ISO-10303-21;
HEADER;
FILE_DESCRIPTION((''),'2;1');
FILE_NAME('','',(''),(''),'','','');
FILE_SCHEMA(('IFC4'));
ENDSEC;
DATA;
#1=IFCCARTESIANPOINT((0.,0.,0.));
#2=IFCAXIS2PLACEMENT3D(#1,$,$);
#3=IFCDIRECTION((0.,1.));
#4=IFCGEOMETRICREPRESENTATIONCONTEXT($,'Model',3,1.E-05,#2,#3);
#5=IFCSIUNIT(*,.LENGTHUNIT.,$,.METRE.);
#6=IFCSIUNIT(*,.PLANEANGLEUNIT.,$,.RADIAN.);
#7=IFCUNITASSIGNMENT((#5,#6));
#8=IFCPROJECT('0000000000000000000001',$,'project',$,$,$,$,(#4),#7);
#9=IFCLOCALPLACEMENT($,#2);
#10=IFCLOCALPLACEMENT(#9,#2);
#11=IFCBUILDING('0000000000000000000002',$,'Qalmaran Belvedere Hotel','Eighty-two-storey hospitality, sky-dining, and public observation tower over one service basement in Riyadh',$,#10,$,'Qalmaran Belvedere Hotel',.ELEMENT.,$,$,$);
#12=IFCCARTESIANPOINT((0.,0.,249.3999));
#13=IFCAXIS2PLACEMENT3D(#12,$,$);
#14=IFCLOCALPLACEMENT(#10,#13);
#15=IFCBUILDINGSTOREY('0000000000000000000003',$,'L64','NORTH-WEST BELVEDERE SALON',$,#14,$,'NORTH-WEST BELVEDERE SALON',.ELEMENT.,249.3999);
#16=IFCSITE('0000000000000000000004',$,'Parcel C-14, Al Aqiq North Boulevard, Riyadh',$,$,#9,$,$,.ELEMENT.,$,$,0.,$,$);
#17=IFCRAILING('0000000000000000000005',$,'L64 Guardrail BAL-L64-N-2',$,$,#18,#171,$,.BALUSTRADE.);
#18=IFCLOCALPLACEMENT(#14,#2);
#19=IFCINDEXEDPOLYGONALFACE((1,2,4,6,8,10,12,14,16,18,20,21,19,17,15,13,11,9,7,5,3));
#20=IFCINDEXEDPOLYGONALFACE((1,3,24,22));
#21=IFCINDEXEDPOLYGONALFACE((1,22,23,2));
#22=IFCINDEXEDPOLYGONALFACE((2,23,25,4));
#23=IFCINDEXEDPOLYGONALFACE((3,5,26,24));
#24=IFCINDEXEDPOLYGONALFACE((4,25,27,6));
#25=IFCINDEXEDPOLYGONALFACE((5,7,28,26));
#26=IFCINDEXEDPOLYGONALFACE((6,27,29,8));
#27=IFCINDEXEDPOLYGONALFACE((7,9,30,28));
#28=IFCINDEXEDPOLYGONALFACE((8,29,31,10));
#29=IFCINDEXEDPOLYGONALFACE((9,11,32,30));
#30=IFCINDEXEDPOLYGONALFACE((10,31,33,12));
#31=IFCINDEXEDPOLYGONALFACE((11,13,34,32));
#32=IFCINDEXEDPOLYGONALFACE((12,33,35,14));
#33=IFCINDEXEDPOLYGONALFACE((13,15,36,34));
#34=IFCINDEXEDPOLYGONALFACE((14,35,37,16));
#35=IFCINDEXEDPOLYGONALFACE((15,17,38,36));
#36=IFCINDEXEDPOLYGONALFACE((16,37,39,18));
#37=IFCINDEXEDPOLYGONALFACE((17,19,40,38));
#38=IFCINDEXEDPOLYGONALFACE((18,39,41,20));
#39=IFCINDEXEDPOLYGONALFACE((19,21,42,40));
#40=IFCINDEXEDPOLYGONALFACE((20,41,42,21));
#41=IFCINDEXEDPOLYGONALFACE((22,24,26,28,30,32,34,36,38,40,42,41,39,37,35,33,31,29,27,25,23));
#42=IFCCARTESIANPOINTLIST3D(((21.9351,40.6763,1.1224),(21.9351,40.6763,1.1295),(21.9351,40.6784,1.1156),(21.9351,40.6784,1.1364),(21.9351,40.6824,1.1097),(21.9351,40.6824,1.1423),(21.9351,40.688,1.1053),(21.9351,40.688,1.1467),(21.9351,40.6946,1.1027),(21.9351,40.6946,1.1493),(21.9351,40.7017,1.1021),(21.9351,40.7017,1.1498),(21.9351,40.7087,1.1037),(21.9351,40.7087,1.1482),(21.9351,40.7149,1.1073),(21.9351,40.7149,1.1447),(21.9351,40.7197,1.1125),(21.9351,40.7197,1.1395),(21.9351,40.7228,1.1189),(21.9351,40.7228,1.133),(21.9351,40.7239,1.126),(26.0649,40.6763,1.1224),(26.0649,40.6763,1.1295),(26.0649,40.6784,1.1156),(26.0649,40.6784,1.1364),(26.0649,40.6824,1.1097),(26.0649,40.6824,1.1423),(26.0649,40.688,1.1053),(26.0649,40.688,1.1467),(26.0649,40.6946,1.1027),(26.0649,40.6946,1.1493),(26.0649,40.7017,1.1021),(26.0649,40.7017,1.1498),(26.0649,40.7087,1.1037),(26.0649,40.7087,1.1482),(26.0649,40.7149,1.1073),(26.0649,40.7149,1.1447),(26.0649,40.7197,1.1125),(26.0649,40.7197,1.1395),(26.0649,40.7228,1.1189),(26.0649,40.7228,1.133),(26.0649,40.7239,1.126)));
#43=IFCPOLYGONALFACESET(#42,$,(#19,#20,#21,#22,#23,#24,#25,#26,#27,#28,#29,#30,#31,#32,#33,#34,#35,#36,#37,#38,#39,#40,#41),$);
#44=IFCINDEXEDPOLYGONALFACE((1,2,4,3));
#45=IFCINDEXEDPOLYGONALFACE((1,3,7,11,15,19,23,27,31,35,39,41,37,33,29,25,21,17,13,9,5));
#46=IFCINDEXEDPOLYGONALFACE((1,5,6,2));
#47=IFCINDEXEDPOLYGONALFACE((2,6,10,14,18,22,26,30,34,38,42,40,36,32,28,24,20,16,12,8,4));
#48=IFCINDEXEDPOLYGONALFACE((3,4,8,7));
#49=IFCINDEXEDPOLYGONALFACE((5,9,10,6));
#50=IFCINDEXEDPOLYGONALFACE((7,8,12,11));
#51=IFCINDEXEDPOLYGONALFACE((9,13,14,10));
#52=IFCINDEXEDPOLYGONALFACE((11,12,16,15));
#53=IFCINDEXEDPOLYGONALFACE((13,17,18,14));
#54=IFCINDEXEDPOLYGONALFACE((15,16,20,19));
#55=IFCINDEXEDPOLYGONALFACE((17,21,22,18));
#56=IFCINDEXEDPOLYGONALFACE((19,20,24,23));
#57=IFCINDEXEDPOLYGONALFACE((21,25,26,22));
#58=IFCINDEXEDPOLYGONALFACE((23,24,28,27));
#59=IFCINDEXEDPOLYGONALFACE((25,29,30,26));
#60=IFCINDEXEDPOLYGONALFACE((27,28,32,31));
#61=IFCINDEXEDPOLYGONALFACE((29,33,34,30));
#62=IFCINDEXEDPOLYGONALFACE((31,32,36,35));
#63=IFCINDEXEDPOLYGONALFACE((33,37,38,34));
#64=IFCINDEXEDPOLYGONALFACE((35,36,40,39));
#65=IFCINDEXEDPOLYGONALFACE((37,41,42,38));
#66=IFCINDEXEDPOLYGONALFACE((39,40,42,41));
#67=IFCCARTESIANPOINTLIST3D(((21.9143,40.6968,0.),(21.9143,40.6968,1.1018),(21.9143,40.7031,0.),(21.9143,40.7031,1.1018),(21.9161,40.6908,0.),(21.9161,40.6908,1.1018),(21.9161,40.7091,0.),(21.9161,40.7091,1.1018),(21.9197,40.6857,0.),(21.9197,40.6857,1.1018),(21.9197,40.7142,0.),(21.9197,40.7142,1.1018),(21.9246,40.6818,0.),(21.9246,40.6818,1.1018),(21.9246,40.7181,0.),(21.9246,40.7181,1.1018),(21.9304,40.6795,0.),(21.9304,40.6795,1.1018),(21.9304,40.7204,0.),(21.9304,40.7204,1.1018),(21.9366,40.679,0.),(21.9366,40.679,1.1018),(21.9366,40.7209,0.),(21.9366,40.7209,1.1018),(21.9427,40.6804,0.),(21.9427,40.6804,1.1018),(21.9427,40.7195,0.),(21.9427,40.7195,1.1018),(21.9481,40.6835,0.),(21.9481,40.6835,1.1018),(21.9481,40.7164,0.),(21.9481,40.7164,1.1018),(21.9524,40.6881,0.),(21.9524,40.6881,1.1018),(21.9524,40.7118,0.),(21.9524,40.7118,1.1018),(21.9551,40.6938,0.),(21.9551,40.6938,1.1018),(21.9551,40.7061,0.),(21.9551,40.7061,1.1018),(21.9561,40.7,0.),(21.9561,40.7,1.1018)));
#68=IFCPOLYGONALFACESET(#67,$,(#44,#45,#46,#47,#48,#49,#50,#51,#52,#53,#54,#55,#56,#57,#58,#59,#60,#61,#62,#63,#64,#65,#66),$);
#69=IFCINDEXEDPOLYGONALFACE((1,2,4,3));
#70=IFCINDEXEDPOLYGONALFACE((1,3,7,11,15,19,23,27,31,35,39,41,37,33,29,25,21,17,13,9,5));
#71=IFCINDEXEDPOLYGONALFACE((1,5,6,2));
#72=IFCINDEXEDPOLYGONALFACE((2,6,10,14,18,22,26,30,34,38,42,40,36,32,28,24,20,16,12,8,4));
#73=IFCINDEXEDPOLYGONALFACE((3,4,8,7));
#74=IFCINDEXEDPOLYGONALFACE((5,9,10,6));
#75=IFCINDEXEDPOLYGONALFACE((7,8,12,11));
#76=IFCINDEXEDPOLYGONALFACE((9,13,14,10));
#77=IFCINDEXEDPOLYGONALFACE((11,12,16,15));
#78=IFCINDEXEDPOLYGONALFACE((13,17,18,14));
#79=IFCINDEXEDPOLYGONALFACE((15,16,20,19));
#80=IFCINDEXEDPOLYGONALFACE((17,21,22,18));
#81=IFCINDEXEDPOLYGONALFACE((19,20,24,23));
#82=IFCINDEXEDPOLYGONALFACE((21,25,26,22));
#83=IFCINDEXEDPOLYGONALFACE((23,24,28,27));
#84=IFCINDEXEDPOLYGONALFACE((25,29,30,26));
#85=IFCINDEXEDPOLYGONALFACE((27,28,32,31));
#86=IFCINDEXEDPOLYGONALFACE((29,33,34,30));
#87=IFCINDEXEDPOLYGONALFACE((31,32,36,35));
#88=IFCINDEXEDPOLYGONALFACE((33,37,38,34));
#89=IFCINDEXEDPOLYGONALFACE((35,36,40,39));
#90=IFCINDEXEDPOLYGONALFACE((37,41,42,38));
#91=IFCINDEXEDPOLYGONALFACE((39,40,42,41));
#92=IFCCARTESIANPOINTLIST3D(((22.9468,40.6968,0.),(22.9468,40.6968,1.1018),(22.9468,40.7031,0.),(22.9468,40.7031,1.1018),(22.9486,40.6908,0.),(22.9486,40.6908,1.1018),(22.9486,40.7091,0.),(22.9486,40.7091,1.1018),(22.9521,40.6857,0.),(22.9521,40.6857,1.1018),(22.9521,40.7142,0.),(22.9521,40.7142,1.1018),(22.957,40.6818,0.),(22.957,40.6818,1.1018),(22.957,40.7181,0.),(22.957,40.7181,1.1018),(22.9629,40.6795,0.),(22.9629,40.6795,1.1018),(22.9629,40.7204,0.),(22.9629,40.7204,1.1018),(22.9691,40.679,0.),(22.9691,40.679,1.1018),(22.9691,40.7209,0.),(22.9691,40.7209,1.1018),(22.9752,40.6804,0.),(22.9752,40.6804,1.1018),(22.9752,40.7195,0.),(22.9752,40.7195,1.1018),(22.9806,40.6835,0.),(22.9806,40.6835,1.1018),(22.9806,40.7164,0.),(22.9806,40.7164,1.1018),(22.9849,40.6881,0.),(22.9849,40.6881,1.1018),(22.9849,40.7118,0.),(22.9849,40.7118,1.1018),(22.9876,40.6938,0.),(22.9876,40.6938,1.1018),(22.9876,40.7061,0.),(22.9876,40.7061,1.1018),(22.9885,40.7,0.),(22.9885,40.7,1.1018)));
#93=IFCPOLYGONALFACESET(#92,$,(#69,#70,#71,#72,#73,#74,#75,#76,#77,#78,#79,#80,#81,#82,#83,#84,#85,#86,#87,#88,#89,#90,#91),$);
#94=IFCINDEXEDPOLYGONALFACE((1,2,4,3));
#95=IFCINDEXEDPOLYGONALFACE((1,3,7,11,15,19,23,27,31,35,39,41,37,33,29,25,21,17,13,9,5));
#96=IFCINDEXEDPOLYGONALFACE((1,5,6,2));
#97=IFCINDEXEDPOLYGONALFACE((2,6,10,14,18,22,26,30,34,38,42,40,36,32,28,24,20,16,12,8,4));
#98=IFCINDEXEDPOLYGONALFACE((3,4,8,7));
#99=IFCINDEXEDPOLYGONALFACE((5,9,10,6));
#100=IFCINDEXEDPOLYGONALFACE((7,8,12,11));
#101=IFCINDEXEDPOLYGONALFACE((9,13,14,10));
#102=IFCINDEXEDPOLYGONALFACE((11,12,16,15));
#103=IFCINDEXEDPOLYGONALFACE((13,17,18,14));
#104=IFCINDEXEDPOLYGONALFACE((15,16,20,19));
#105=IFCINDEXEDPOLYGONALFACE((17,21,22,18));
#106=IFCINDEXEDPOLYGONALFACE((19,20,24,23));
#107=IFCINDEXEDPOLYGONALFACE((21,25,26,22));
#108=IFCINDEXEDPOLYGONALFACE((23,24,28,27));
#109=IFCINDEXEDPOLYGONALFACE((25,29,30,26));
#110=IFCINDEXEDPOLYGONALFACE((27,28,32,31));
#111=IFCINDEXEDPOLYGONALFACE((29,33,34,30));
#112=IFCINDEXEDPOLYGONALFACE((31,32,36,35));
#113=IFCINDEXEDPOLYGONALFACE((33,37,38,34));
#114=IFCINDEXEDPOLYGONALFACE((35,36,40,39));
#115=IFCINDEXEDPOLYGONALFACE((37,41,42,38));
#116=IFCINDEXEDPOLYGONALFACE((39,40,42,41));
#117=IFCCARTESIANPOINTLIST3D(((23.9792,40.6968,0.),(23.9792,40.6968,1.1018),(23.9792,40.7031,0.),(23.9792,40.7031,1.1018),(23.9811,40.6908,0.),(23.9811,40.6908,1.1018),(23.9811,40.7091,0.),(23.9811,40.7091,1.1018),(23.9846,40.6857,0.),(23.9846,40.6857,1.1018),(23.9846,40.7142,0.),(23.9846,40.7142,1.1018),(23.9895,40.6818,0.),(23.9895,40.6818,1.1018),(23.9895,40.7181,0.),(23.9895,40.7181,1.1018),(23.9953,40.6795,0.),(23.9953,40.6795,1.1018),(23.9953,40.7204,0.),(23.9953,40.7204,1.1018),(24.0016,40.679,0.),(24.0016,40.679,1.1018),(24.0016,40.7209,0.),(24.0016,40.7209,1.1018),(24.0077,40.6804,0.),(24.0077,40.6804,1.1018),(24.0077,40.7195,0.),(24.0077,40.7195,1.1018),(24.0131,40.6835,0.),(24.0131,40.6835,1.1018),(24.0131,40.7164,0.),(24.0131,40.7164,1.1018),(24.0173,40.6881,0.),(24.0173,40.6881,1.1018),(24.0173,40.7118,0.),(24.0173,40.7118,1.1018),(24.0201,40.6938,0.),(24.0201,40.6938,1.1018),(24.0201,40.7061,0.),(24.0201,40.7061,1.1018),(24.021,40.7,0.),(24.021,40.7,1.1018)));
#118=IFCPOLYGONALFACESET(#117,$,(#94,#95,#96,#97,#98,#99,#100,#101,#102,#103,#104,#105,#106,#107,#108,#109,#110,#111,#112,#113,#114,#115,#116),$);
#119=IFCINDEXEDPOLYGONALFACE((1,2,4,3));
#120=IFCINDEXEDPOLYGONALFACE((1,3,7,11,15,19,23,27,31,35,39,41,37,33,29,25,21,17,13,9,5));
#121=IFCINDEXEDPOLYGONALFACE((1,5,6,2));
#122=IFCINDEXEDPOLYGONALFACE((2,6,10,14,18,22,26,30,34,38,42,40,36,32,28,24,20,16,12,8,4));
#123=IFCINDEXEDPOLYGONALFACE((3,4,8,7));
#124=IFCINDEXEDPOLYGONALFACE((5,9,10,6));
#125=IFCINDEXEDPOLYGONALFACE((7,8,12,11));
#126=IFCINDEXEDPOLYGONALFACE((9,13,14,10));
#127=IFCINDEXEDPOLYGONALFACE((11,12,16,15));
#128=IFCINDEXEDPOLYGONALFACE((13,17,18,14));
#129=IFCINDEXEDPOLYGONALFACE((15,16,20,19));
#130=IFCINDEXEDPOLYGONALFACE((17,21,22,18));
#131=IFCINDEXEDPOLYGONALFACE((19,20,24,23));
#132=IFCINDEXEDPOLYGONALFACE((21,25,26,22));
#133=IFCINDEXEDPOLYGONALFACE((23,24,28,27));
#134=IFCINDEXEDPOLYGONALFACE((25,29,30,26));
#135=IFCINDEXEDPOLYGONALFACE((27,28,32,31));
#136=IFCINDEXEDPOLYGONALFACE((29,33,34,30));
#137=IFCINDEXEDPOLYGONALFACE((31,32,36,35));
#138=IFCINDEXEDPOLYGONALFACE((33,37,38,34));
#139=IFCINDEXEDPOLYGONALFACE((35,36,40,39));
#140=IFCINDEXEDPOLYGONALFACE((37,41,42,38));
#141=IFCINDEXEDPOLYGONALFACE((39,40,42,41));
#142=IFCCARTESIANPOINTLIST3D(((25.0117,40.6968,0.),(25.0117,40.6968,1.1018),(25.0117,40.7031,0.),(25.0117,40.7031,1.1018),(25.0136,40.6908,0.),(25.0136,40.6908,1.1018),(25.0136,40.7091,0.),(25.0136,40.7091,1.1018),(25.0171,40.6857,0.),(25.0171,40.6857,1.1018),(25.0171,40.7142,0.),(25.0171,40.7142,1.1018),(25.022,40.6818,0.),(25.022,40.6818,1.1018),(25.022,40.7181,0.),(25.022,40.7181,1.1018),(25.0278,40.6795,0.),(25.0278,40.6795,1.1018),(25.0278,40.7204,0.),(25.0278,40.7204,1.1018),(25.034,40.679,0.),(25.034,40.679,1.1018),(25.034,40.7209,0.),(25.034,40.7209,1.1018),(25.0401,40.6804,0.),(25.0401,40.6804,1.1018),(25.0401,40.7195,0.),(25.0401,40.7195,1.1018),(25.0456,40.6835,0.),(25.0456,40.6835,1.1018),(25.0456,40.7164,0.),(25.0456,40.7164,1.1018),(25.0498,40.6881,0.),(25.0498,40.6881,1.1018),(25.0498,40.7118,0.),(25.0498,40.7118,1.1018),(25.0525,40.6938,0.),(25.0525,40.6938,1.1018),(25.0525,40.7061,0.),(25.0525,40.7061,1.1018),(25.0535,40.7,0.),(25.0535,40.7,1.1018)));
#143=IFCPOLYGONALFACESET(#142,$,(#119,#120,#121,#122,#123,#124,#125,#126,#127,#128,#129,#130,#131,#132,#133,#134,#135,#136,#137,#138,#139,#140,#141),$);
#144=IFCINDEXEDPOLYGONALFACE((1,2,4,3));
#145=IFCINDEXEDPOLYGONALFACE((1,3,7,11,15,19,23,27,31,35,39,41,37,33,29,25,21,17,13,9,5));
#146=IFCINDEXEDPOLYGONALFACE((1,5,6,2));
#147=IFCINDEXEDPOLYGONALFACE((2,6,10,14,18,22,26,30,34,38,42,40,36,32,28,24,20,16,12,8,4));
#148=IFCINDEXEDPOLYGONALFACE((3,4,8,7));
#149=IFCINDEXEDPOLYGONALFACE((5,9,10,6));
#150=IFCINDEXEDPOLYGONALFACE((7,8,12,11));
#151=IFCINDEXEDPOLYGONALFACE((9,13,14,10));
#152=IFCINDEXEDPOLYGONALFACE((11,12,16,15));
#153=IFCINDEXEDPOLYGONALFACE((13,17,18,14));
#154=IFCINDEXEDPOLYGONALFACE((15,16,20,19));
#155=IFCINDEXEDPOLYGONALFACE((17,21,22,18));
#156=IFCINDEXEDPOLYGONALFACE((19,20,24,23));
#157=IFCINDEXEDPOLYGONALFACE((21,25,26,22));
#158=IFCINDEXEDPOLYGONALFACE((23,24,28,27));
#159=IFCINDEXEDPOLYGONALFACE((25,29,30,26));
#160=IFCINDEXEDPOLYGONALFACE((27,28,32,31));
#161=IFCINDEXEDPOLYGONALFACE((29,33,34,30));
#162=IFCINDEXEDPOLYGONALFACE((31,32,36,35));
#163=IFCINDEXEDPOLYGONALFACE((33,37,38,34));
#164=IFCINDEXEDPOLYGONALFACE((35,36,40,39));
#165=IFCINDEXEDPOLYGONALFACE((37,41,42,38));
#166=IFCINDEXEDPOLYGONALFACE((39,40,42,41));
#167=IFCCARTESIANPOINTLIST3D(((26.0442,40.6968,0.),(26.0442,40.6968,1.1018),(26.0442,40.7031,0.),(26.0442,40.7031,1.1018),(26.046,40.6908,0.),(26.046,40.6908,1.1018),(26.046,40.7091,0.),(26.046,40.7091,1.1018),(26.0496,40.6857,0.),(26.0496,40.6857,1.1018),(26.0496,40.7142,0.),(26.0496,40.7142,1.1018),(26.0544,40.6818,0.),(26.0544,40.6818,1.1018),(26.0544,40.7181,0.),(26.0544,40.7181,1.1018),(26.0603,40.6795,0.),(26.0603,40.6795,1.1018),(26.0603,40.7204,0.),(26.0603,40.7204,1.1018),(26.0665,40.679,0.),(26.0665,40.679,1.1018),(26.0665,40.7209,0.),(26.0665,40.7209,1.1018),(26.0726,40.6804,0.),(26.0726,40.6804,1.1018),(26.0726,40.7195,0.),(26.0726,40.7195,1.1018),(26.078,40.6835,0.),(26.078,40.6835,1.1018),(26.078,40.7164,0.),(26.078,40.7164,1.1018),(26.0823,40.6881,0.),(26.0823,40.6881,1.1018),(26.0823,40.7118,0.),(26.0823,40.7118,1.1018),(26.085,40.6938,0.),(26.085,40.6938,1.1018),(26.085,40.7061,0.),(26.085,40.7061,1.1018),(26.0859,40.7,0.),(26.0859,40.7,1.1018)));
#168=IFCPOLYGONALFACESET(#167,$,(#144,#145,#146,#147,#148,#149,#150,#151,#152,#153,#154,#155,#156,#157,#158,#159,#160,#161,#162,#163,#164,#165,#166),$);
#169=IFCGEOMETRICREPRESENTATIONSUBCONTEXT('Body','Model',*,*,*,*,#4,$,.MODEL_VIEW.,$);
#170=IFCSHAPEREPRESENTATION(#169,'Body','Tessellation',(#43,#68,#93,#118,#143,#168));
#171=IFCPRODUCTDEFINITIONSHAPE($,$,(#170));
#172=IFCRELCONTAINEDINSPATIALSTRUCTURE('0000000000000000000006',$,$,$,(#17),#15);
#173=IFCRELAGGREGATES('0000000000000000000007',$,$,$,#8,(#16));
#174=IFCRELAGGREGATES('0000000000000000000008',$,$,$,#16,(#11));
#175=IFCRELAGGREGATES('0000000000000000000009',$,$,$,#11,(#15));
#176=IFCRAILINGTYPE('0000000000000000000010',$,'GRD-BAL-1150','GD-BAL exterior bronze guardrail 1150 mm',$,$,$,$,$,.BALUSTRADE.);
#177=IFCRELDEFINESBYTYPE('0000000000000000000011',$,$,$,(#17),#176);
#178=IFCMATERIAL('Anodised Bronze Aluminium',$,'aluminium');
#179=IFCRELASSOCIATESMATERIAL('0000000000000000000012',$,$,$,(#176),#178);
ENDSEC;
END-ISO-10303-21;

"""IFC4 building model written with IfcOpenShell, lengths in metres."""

from ifc_helpers import new_model, si_unit, direction, frame, origin, origin_2d, place, context, subcontext, project, spatial, circle, extrude, material, type_object, element, save


model = new_model("IFC4")

# Units and contexts
model_context = context("Model", 3, precision=1e-05, world=origin(), true_north=direction((0.0, 1.0)))
body_context = subcontext(model_context, "Body", "Model", "MODEL_VIEW")
ifc_project = project(units=[si_unit("LENGTHUNIT", "METRE"), si_unit("PLANEANGLEUNIT", "RADIAN")], contexts=[model_context])

# Site, building, storey
site_placement = place(None, origin())
site = spatial("IfcSite", under=ifc_project, at=site_placement, Name="Parcel C-14, Al Aqiq North Boulevard, Riyadh", CompositionType="ELEMENT", RefElevation=0.0)
building_placement = place(site_placement, origin())
building = spatial("IfcBuilding", under=site, at=building_placement, Name="Qalmaran Belvedere Hotel", Description="Eighty-two-storey hospitality, sky-dining, and public observation tower over one service basement in Riyadh", LongName="Qalmaran Belvedere Hotel", CompositionType="ELEMENT")
storey_placement = place(building_placement, frame((0.0, 0.0, 249.3999)))
storey = spatial("IfcBuildingStorey", under=building, at=storey_placement, Name="L64", Description="NORTH-WEST BELVEDERE SALON", LongName="NORTH-WEST BELVEDERE SALON", CompositionType="ELEMENT", Elevation=249.3999)

# Shared definitions
ifc_material_1 = material(Name="Anodised Bronze Aluminium", Category="aluminium")

# Railing
railing_type = type_object("IfcRailingType", Name="GRD-BAL-1150", Description="GD-BAL exterior bronze guardrail 1150 mm", PredefinedType="BALUSTRADE", material=ifc_material_1)
railing_1_placement = place(storey_placement, frame((21.9351, 40.7, 0.0)))
element("IfcRailing", 1, at=railing_1_placement, inside=storey, type_object=railing_type, Name="L64 Guardrail BAL-L64-N-2", PredefinedType="BALUSTRADE", context=body_context, shape_type="SweptSolid", body=[
    extrude(circle(Radius=0.0239, at=origin_2d()), frame((0.0, 0.0, 1.126), z_axis=(1.0, 0.0, 0.0), x_axis=(0.0, 1.0, 0.0)), (0.0, 0.0, 1.0), 4.1299),
    extrude(circle(Radius=0.021, at=origin_2d()), origin(), (0.0, 0.0, 1.0), 1.1018),
    extrude(circle(Radius=0.021, at=origin_2d()), frame((1.0325, 0.0, 0.0)), (0.0, 0.0, 1.0), 1.1018),
    extrude(circle(Radius=0.021, at=origin_2d()), frame((2.0649, 0.0, 0.0)), (0.0, 0.0, 1.0), 1.1018),
    extrude(circle(Radius=0.021, at=origin_2d()), frame((3.0974, 0.0, 0.0)), (0.0, 0.0, 1.0), 1.1018),
    extrude(circle(Radius=0.021, at=origin_2d()), frame((4.1299, 0.0, 0.0)), (0.0, 0.0, 1.0), 1.1018),
])

save(model, "model.ifc")
